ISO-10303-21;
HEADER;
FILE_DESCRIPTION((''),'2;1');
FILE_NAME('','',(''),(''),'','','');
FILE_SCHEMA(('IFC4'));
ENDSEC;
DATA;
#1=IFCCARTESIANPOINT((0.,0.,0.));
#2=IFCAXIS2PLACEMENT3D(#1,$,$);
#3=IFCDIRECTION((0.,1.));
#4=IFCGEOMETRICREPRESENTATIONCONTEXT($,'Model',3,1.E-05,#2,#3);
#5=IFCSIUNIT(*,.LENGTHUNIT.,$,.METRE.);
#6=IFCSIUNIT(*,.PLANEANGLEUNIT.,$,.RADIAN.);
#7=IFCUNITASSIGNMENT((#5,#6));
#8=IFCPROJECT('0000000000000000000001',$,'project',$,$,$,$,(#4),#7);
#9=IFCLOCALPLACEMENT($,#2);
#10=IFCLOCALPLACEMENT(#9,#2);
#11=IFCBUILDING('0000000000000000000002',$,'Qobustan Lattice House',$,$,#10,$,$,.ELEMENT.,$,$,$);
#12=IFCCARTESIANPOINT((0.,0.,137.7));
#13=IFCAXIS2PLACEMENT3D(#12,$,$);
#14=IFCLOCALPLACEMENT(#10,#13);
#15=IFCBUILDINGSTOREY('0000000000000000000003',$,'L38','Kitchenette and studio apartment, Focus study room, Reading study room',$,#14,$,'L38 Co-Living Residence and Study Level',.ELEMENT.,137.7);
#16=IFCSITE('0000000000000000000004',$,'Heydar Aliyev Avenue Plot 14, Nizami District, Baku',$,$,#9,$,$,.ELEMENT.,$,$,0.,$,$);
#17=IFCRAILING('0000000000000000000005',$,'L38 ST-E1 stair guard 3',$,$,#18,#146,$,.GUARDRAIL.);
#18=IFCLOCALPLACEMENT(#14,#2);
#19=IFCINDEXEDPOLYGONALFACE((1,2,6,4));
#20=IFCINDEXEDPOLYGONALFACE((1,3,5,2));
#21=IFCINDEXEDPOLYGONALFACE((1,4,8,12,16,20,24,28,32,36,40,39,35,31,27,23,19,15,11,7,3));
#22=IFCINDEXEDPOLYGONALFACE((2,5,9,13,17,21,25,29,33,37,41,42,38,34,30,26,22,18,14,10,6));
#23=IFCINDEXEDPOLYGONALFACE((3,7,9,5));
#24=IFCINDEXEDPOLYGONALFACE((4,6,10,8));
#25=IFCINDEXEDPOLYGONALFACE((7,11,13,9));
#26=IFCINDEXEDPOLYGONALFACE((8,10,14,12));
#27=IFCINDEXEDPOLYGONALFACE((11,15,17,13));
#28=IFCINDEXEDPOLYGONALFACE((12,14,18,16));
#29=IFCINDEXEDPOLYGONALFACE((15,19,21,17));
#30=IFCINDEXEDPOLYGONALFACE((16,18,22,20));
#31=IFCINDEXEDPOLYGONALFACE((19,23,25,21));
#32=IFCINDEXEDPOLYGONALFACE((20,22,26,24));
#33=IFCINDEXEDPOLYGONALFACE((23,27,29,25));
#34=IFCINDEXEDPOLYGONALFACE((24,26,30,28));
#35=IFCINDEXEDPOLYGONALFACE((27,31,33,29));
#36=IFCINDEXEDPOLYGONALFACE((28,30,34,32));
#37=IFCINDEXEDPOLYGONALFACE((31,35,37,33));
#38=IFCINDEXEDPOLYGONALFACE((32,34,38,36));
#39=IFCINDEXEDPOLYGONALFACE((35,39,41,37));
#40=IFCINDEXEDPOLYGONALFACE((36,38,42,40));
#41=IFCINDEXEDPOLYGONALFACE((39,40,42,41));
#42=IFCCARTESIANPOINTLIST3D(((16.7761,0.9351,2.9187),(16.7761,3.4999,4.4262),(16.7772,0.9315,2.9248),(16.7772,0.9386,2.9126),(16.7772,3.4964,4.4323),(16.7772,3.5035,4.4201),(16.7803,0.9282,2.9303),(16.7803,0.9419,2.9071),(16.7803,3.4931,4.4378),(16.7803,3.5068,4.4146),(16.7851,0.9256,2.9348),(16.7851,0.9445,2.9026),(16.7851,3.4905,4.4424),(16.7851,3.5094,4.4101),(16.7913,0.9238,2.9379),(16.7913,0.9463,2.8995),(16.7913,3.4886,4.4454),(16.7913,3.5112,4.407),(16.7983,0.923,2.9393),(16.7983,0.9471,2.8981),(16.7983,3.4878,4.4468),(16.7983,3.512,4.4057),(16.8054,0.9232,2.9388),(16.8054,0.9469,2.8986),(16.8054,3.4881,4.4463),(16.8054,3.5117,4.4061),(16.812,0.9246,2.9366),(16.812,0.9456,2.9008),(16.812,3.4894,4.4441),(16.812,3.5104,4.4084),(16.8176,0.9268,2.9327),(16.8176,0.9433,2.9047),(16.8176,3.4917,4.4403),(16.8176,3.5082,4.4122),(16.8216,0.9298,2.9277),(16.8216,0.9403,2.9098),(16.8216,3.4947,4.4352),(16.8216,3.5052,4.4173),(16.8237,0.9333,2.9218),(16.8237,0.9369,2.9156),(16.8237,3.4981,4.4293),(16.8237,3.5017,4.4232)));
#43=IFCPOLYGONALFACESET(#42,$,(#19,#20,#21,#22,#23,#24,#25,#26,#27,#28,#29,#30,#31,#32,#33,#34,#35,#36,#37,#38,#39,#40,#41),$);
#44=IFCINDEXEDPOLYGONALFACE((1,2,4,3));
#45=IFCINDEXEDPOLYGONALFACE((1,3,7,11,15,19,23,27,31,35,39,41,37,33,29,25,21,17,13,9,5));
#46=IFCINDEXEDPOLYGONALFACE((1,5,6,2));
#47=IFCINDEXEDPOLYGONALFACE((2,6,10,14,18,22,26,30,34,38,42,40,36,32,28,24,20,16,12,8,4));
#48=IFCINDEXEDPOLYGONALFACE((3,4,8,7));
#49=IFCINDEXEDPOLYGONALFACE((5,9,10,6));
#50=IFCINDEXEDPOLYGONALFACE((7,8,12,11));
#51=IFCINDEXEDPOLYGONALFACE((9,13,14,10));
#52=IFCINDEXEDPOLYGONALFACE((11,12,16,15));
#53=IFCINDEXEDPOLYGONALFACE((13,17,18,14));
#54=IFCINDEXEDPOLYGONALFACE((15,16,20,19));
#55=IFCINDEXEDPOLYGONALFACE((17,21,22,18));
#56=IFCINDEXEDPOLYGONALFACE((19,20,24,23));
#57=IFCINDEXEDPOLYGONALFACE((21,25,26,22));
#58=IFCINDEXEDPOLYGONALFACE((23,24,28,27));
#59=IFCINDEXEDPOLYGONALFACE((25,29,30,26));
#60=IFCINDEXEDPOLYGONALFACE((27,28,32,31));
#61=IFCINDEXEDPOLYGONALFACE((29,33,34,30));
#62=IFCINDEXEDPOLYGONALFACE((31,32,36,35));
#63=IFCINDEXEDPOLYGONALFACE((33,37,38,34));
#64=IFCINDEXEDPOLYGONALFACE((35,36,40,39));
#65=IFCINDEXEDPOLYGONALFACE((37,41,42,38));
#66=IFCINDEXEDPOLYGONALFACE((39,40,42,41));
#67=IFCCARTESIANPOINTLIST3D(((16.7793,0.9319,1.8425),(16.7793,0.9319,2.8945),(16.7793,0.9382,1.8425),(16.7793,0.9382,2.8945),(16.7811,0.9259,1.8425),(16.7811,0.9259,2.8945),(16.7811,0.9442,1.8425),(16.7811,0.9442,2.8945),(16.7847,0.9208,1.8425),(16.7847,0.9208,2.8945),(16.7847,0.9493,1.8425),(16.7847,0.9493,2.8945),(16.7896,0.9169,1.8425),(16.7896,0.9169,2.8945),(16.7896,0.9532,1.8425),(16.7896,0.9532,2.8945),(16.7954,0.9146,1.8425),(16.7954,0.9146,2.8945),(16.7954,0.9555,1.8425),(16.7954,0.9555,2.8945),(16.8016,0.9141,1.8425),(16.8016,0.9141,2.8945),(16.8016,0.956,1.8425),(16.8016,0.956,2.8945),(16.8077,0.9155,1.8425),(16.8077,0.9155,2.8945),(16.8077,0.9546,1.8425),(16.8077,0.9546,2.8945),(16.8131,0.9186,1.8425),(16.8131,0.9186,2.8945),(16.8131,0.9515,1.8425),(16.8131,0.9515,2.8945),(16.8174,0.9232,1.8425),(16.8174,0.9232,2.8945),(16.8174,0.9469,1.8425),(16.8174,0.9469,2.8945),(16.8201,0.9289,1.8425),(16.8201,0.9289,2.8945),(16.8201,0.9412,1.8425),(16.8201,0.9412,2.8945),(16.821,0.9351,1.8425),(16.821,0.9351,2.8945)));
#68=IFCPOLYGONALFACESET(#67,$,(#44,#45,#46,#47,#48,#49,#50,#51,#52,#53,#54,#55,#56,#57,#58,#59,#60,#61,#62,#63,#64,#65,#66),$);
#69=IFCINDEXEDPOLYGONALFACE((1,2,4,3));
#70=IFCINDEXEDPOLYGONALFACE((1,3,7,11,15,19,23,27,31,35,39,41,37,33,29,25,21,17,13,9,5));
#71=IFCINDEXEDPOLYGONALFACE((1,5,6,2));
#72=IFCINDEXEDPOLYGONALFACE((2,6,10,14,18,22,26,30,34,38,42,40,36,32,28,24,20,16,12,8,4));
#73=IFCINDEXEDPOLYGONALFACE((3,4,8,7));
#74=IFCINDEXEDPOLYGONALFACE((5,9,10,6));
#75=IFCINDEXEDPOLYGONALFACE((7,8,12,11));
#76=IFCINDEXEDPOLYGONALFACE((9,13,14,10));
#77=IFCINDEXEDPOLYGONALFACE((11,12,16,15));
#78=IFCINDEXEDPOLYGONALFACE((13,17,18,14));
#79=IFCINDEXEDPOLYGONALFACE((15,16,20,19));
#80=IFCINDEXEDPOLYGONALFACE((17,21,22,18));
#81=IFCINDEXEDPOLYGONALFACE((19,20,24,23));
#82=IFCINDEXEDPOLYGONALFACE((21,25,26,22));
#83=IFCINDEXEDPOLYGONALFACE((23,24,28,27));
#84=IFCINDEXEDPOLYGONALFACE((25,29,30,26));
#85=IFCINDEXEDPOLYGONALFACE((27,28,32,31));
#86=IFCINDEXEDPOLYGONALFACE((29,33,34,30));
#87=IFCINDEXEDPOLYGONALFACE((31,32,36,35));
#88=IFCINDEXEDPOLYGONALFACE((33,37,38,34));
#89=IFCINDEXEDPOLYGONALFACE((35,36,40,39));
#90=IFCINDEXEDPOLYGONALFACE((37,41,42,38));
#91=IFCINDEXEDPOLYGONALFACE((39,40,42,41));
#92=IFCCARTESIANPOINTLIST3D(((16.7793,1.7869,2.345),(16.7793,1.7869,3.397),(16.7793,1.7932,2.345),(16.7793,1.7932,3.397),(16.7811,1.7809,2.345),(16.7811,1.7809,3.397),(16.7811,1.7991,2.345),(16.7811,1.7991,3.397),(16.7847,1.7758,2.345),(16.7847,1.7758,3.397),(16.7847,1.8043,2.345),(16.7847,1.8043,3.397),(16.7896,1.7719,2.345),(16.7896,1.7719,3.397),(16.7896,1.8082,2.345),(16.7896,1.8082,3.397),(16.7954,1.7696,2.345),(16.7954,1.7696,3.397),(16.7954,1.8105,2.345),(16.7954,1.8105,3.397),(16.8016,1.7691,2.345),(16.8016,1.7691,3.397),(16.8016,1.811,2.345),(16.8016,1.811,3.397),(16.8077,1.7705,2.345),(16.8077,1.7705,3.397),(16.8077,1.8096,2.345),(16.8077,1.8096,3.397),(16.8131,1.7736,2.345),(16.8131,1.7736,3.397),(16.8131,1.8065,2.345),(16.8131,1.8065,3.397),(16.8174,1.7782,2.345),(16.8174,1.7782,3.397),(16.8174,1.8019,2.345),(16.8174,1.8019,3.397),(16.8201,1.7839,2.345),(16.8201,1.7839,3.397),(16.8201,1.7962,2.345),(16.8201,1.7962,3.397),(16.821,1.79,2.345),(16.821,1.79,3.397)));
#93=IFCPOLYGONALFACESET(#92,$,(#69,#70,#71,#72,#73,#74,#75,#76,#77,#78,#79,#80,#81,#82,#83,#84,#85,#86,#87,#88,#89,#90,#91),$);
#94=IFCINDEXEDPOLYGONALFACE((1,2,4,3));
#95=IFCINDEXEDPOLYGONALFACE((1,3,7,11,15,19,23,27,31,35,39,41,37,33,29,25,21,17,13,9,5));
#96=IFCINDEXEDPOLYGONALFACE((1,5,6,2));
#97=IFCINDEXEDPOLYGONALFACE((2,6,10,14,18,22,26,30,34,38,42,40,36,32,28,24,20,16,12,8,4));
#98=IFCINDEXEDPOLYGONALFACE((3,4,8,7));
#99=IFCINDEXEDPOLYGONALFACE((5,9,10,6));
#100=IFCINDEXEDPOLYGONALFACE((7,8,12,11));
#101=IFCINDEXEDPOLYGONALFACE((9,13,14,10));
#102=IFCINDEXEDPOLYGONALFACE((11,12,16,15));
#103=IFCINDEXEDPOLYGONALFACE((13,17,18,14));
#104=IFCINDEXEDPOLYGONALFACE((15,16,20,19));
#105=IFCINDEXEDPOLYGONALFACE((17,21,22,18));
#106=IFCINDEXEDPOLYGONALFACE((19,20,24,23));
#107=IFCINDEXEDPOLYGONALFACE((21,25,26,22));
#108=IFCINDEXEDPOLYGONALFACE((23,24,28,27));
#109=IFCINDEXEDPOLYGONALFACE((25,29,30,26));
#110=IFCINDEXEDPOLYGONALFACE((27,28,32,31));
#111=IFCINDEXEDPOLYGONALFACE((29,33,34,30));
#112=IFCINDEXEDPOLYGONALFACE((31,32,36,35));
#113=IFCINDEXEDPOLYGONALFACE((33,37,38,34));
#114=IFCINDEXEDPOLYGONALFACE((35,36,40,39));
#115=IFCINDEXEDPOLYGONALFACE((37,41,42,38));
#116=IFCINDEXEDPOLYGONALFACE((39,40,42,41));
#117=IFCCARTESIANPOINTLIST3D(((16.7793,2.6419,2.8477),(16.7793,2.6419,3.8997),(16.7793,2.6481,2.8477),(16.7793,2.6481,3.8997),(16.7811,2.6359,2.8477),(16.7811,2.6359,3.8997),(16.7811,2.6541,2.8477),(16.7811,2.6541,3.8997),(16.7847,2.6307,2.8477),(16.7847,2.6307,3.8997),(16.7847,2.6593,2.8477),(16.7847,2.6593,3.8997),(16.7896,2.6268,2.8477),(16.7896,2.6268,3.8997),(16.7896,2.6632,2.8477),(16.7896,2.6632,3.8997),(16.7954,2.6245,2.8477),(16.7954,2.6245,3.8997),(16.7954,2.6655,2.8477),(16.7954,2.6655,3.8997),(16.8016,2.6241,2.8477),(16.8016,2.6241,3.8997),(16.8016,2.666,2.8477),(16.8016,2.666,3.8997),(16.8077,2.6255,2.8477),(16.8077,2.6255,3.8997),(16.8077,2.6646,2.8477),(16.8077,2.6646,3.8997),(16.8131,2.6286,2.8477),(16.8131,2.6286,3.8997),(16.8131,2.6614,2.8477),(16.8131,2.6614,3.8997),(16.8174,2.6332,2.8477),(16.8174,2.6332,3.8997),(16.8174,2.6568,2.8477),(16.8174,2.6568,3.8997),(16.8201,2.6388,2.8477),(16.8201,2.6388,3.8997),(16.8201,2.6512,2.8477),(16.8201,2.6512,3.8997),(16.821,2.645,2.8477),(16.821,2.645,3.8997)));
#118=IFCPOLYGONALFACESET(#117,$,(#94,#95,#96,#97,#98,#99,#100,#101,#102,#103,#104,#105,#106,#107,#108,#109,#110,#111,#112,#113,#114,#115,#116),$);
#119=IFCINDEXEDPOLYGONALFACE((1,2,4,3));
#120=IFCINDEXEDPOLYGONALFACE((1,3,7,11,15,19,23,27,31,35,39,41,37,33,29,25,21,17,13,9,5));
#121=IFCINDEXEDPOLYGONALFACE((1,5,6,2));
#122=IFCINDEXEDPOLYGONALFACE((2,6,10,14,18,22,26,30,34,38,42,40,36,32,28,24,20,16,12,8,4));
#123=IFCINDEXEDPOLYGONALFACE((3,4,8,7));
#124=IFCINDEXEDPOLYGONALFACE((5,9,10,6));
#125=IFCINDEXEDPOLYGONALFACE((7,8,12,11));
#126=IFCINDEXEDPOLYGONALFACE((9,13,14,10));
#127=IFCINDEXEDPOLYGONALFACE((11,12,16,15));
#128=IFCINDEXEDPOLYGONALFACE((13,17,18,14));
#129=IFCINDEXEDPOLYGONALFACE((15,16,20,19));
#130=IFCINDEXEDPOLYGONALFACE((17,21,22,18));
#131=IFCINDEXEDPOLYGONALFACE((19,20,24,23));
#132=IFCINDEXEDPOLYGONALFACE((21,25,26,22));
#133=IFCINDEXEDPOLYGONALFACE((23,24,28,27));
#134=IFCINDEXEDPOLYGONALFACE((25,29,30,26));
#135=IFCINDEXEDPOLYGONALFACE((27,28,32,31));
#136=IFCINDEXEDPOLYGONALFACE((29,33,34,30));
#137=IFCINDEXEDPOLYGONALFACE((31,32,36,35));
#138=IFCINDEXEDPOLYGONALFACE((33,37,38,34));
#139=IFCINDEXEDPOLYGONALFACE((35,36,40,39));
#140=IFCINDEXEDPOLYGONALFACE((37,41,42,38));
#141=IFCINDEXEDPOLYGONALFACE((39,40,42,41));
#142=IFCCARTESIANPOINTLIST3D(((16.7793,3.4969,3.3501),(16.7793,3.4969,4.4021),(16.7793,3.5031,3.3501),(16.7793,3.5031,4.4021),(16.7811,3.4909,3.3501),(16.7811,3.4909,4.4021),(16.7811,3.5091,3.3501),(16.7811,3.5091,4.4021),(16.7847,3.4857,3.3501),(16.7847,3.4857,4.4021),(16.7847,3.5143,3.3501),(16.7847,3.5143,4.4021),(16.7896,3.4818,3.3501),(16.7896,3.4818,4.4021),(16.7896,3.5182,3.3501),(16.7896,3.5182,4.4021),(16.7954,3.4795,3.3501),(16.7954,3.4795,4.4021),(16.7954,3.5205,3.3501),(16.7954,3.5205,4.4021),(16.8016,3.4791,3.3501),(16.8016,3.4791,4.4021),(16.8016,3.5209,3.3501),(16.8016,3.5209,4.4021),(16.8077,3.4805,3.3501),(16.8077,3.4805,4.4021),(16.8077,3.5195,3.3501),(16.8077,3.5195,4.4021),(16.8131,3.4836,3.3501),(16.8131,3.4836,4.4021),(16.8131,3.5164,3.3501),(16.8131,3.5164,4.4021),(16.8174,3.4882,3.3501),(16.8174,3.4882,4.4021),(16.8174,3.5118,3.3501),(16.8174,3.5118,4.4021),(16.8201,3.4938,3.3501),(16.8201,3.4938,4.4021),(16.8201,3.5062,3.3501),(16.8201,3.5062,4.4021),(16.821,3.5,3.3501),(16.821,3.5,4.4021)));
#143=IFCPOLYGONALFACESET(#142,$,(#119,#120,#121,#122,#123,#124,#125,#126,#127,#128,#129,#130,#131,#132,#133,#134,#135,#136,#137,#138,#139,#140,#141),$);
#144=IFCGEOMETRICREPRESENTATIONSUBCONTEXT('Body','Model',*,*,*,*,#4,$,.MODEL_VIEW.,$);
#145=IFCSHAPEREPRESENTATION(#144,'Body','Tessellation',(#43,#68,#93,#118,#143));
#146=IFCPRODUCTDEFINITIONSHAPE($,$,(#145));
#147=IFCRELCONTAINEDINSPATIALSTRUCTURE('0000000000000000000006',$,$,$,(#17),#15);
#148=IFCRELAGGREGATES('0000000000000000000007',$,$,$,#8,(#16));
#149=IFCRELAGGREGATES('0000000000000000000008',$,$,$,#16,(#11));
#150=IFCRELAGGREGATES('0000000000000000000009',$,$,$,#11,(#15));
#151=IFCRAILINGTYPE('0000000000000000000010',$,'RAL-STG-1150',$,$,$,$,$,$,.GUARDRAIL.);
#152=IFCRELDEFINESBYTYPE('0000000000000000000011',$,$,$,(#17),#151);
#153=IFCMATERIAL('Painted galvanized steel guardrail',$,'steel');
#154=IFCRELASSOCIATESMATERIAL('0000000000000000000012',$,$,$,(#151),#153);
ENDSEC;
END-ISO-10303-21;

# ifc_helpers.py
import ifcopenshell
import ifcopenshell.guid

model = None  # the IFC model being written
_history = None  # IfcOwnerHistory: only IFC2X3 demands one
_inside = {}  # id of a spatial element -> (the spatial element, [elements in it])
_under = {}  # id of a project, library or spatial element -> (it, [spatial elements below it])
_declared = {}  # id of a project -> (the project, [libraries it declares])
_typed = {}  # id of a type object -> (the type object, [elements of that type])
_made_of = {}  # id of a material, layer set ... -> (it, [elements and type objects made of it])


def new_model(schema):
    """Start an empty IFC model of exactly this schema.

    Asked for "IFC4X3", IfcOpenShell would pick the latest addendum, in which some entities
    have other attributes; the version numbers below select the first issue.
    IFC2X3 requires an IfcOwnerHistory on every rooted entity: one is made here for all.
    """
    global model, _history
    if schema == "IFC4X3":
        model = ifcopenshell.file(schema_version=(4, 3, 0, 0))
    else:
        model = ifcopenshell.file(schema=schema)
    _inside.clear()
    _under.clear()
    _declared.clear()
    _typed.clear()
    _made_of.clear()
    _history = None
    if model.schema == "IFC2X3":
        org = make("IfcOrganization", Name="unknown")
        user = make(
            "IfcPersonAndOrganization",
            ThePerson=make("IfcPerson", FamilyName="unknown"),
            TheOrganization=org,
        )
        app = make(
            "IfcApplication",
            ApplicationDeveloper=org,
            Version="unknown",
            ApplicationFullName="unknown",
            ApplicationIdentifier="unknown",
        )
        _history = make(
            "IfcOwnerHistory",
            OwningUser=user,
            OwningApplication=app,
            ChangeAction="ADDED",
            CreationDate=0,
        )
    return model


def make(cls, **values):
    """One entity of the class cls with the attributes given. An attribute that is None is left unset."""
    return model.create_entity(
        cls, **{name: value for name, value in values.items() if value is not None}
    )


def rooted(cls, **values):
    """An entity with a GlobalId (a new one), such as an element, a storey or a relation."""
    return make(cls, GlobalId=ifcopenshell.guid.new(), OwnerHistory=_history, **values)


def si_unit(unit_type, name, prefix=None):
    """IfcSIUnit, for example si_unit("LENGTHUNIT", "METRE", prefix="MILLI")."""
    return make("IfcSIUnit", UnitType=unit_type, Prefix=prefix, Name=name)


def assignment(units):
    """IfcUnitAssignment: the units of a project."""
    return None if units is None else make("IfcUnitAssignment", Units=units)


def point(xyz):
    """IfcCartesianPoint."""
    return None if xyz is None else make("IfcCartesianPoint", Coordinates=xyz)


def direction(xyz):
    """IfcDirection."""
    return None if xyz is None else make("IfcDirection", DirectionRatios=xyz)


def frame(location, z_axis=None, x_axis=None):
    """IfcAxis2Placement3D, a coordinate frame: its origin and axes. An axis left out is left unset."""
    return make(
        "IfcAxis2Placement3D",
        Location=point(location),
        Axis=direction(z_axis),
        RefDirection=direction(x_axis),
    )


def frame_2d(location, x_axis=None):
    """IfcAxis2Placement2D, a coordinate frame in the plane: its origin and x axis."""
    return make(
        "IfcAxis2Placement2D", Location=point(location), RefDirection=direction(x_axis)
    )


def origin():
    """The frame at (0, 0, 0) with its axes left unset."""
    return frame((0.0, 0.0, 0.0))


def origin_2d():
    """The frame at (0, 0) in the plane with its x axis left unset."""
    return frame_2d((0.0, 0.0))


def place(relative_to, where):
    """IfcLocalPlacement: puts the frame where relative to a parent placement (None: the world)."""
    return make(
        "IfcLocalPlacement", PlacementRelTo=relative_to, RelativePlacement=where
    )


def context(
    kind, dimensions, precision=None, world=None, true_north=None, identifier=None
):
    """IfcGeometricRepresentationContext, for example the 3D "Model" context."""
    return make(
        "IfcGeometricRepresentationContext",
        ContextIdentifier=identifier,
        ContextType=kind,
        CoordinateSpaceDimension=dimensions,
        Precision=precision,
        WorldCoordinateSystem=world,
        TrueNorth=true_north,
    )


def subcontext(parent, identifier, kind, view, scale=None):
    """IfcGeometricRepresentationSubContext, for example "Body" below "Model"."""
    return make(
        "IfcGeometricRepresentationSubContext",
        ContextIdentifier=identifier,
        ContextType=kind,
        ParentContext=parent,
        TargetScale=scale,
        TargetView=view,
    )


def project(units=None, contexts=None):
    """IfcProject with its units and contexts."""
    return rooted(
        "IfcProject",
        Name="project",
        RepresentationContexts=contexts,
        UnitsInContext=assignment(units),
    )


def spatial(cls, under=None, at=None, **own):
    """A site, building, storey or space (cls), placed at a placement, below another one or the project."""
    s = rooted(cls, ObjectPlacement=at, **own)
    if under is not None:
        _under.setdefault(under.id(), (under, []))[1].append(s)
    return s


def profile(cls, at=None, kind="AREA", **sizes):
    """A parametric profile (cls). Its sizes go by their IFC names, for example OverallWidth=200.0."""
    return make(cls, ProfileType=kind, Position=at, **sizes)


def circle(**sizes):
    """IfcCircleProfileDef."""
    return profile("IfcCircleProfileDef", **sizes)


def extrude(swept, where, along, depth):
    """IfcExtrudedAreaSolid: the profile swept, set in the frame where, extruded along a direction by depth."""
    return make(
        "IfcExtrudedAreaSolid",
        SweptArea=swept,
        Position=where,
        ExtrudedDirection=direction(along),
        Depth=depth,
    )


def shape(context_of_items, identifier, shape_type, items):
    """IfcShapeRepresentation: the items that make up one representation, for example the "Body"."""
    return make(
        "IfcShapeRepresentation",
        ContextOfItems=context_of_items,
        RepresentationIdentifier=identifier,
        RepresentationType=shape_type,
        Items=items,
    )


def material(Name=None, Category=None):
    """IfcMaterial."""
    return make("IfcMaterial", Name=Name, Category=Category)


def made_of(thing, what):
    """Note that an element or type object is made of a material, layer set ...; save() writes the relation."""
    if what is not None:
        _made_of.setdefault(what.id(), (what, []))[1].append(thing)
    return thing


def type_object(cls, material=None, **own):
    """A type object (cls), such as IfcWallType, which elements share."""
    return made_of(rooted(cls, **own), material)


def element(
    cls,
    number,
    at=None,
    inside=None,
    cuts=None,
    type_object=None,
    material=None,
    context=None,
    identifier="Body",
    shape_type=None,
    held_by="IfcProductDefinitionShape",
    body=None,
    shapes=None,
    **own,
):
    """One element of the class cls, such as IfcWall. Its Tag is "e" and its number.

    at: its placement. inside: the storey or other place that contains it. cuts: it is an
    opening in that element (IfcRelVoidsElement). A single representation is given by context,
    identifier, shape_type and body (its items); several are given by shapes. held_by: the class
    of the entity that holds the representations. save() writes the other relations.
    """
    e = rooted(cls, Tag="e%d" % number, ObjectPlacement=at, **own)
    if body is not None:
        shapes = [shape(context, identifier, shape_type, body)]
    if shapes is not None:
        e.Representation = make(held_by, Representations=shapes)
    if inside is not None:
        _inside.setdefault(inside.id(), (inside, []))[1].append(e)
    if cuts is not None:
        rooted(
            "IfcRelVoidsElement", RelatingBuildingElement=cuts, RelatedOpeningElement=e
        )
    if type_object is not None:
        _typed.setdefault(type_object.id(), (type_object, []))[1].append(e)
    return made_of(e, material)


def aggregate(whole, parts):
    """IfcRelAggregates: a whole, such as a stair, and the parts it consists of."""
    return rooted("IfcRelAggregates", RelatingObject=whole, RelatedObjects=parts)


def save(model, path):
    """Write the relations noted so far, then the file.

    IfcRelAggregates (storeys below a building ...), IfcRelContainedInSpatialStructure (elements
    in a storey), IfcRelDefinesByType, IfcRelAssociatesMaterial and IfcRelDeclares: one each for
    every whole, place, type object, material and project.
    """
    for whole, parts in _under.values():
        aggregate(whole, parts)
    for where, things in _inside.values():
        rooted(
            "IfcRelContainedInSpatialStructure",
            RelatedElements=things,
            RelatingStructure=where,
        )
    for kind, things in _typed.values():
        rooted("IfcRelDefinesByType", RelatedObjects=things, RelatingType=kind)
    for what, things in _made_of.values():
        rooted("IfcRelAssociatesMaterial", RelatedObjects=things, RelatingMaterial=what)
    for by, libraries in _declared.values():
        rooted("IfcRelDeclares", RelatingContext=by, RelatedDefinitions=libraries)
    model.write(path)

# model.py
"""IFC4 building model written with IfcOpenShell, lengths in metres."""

from ifc_helpers import new_model, si_unit, direction, frame, origin, origin_2d, place, context, subcontext, project, spatial, circle, extrude, material, type_object, element, save


model = new_model("IFC4")

# Units and contexts
model_context = context("Model", 3, precision=1e-05, world=origin(), true_north=direction((0.0, 1.0)))
body_context = subcontext(model_context, "Body", "Model", "MODEL_VIEW")
ifc_project = project(units=[si_unit("LENGTHUNIT", "METRE"), si_unit("PLANEANGLEUNIT", "RADIAN")], contexts=[model_context])

# Site, building, storey
site_placement = place(None, origin())
site = spatial("IfcSite", under=ifc_project, at=site_placement, Name="Heydar Aliyev Avenue Plot 14, Nizami District, Baku", CompositionType="ELEMENT", RefElevation=0.0)
building_placement = place(site_placement, origin())
building = spatial("IfcBuilding", under=site, at=building_placement, Name="Qobustan Lattice House", CompositionType="ELEMENT")
storey_placement = place(building_placement, frame((0.0, 0.0, 137.7)))
storey = spatial("IfcBuildingStorey", under=building, at=storey_placement, Name="L38", Description="Kitchenette and studio apartment, Focus study room, Reading study room", LongName="L38 Co-Living Residence and Study Level", CompositionType="ELEMENT", Elevation=137.7)

# Railing
ifc_material_1 = material(Name="Painted galvanized steel guardrail", Category="steel")
railing_type_1 = type_object("IfcRailingType", Name="RAL-STG-1150", PredefinedType="GUARDRAIL", material=ifc_material_1)
railing_1_placement = place(storey_placement, frame((16.8, 0.9351, 1.8425)))
element("IfcRailing", 1, at=railing_1_placement, inside=storey, type_object=railing_type_1, Name="L38 ST-E1 stair guard 3", PredefinedType="GUARDRAIL", context=body_context, shape_type="SweptSolid", body=[
    extrude(circle(Radius=0.0239, at=origin_2d()), frame((0.0, 0.0, 1.0762), z_axis=(0.0, 0.862113, 0.506715), x_axis=(-1.0, 0.0, 0.0)), (0.0, 0.0, 1.0), 2.9751),
    extrude(circle(Radius=0.021, at=origin_2d()), origin(), (0.0, 0.0, 1.0), 1.052),
    extrude(circle(Radius=0.021, at=origin_2d()), frame((0.0, 0.855, 0.5024)), (0.0, 0.0, 1.0), 1.052),
    extrude(circle(Radius=0.021, at=origin_2d()), frame((0.0, 1.71, 1.0051)), (0.0, 0.0, 1.0), 1.052),
    extrude(circle(Radius=0.021, at=origin_2d()), frame((0.0, 2.5649, 1.5076)), (0.0, 0.0, 1.0), 1.052),
])

save(model, "model.ifc")
